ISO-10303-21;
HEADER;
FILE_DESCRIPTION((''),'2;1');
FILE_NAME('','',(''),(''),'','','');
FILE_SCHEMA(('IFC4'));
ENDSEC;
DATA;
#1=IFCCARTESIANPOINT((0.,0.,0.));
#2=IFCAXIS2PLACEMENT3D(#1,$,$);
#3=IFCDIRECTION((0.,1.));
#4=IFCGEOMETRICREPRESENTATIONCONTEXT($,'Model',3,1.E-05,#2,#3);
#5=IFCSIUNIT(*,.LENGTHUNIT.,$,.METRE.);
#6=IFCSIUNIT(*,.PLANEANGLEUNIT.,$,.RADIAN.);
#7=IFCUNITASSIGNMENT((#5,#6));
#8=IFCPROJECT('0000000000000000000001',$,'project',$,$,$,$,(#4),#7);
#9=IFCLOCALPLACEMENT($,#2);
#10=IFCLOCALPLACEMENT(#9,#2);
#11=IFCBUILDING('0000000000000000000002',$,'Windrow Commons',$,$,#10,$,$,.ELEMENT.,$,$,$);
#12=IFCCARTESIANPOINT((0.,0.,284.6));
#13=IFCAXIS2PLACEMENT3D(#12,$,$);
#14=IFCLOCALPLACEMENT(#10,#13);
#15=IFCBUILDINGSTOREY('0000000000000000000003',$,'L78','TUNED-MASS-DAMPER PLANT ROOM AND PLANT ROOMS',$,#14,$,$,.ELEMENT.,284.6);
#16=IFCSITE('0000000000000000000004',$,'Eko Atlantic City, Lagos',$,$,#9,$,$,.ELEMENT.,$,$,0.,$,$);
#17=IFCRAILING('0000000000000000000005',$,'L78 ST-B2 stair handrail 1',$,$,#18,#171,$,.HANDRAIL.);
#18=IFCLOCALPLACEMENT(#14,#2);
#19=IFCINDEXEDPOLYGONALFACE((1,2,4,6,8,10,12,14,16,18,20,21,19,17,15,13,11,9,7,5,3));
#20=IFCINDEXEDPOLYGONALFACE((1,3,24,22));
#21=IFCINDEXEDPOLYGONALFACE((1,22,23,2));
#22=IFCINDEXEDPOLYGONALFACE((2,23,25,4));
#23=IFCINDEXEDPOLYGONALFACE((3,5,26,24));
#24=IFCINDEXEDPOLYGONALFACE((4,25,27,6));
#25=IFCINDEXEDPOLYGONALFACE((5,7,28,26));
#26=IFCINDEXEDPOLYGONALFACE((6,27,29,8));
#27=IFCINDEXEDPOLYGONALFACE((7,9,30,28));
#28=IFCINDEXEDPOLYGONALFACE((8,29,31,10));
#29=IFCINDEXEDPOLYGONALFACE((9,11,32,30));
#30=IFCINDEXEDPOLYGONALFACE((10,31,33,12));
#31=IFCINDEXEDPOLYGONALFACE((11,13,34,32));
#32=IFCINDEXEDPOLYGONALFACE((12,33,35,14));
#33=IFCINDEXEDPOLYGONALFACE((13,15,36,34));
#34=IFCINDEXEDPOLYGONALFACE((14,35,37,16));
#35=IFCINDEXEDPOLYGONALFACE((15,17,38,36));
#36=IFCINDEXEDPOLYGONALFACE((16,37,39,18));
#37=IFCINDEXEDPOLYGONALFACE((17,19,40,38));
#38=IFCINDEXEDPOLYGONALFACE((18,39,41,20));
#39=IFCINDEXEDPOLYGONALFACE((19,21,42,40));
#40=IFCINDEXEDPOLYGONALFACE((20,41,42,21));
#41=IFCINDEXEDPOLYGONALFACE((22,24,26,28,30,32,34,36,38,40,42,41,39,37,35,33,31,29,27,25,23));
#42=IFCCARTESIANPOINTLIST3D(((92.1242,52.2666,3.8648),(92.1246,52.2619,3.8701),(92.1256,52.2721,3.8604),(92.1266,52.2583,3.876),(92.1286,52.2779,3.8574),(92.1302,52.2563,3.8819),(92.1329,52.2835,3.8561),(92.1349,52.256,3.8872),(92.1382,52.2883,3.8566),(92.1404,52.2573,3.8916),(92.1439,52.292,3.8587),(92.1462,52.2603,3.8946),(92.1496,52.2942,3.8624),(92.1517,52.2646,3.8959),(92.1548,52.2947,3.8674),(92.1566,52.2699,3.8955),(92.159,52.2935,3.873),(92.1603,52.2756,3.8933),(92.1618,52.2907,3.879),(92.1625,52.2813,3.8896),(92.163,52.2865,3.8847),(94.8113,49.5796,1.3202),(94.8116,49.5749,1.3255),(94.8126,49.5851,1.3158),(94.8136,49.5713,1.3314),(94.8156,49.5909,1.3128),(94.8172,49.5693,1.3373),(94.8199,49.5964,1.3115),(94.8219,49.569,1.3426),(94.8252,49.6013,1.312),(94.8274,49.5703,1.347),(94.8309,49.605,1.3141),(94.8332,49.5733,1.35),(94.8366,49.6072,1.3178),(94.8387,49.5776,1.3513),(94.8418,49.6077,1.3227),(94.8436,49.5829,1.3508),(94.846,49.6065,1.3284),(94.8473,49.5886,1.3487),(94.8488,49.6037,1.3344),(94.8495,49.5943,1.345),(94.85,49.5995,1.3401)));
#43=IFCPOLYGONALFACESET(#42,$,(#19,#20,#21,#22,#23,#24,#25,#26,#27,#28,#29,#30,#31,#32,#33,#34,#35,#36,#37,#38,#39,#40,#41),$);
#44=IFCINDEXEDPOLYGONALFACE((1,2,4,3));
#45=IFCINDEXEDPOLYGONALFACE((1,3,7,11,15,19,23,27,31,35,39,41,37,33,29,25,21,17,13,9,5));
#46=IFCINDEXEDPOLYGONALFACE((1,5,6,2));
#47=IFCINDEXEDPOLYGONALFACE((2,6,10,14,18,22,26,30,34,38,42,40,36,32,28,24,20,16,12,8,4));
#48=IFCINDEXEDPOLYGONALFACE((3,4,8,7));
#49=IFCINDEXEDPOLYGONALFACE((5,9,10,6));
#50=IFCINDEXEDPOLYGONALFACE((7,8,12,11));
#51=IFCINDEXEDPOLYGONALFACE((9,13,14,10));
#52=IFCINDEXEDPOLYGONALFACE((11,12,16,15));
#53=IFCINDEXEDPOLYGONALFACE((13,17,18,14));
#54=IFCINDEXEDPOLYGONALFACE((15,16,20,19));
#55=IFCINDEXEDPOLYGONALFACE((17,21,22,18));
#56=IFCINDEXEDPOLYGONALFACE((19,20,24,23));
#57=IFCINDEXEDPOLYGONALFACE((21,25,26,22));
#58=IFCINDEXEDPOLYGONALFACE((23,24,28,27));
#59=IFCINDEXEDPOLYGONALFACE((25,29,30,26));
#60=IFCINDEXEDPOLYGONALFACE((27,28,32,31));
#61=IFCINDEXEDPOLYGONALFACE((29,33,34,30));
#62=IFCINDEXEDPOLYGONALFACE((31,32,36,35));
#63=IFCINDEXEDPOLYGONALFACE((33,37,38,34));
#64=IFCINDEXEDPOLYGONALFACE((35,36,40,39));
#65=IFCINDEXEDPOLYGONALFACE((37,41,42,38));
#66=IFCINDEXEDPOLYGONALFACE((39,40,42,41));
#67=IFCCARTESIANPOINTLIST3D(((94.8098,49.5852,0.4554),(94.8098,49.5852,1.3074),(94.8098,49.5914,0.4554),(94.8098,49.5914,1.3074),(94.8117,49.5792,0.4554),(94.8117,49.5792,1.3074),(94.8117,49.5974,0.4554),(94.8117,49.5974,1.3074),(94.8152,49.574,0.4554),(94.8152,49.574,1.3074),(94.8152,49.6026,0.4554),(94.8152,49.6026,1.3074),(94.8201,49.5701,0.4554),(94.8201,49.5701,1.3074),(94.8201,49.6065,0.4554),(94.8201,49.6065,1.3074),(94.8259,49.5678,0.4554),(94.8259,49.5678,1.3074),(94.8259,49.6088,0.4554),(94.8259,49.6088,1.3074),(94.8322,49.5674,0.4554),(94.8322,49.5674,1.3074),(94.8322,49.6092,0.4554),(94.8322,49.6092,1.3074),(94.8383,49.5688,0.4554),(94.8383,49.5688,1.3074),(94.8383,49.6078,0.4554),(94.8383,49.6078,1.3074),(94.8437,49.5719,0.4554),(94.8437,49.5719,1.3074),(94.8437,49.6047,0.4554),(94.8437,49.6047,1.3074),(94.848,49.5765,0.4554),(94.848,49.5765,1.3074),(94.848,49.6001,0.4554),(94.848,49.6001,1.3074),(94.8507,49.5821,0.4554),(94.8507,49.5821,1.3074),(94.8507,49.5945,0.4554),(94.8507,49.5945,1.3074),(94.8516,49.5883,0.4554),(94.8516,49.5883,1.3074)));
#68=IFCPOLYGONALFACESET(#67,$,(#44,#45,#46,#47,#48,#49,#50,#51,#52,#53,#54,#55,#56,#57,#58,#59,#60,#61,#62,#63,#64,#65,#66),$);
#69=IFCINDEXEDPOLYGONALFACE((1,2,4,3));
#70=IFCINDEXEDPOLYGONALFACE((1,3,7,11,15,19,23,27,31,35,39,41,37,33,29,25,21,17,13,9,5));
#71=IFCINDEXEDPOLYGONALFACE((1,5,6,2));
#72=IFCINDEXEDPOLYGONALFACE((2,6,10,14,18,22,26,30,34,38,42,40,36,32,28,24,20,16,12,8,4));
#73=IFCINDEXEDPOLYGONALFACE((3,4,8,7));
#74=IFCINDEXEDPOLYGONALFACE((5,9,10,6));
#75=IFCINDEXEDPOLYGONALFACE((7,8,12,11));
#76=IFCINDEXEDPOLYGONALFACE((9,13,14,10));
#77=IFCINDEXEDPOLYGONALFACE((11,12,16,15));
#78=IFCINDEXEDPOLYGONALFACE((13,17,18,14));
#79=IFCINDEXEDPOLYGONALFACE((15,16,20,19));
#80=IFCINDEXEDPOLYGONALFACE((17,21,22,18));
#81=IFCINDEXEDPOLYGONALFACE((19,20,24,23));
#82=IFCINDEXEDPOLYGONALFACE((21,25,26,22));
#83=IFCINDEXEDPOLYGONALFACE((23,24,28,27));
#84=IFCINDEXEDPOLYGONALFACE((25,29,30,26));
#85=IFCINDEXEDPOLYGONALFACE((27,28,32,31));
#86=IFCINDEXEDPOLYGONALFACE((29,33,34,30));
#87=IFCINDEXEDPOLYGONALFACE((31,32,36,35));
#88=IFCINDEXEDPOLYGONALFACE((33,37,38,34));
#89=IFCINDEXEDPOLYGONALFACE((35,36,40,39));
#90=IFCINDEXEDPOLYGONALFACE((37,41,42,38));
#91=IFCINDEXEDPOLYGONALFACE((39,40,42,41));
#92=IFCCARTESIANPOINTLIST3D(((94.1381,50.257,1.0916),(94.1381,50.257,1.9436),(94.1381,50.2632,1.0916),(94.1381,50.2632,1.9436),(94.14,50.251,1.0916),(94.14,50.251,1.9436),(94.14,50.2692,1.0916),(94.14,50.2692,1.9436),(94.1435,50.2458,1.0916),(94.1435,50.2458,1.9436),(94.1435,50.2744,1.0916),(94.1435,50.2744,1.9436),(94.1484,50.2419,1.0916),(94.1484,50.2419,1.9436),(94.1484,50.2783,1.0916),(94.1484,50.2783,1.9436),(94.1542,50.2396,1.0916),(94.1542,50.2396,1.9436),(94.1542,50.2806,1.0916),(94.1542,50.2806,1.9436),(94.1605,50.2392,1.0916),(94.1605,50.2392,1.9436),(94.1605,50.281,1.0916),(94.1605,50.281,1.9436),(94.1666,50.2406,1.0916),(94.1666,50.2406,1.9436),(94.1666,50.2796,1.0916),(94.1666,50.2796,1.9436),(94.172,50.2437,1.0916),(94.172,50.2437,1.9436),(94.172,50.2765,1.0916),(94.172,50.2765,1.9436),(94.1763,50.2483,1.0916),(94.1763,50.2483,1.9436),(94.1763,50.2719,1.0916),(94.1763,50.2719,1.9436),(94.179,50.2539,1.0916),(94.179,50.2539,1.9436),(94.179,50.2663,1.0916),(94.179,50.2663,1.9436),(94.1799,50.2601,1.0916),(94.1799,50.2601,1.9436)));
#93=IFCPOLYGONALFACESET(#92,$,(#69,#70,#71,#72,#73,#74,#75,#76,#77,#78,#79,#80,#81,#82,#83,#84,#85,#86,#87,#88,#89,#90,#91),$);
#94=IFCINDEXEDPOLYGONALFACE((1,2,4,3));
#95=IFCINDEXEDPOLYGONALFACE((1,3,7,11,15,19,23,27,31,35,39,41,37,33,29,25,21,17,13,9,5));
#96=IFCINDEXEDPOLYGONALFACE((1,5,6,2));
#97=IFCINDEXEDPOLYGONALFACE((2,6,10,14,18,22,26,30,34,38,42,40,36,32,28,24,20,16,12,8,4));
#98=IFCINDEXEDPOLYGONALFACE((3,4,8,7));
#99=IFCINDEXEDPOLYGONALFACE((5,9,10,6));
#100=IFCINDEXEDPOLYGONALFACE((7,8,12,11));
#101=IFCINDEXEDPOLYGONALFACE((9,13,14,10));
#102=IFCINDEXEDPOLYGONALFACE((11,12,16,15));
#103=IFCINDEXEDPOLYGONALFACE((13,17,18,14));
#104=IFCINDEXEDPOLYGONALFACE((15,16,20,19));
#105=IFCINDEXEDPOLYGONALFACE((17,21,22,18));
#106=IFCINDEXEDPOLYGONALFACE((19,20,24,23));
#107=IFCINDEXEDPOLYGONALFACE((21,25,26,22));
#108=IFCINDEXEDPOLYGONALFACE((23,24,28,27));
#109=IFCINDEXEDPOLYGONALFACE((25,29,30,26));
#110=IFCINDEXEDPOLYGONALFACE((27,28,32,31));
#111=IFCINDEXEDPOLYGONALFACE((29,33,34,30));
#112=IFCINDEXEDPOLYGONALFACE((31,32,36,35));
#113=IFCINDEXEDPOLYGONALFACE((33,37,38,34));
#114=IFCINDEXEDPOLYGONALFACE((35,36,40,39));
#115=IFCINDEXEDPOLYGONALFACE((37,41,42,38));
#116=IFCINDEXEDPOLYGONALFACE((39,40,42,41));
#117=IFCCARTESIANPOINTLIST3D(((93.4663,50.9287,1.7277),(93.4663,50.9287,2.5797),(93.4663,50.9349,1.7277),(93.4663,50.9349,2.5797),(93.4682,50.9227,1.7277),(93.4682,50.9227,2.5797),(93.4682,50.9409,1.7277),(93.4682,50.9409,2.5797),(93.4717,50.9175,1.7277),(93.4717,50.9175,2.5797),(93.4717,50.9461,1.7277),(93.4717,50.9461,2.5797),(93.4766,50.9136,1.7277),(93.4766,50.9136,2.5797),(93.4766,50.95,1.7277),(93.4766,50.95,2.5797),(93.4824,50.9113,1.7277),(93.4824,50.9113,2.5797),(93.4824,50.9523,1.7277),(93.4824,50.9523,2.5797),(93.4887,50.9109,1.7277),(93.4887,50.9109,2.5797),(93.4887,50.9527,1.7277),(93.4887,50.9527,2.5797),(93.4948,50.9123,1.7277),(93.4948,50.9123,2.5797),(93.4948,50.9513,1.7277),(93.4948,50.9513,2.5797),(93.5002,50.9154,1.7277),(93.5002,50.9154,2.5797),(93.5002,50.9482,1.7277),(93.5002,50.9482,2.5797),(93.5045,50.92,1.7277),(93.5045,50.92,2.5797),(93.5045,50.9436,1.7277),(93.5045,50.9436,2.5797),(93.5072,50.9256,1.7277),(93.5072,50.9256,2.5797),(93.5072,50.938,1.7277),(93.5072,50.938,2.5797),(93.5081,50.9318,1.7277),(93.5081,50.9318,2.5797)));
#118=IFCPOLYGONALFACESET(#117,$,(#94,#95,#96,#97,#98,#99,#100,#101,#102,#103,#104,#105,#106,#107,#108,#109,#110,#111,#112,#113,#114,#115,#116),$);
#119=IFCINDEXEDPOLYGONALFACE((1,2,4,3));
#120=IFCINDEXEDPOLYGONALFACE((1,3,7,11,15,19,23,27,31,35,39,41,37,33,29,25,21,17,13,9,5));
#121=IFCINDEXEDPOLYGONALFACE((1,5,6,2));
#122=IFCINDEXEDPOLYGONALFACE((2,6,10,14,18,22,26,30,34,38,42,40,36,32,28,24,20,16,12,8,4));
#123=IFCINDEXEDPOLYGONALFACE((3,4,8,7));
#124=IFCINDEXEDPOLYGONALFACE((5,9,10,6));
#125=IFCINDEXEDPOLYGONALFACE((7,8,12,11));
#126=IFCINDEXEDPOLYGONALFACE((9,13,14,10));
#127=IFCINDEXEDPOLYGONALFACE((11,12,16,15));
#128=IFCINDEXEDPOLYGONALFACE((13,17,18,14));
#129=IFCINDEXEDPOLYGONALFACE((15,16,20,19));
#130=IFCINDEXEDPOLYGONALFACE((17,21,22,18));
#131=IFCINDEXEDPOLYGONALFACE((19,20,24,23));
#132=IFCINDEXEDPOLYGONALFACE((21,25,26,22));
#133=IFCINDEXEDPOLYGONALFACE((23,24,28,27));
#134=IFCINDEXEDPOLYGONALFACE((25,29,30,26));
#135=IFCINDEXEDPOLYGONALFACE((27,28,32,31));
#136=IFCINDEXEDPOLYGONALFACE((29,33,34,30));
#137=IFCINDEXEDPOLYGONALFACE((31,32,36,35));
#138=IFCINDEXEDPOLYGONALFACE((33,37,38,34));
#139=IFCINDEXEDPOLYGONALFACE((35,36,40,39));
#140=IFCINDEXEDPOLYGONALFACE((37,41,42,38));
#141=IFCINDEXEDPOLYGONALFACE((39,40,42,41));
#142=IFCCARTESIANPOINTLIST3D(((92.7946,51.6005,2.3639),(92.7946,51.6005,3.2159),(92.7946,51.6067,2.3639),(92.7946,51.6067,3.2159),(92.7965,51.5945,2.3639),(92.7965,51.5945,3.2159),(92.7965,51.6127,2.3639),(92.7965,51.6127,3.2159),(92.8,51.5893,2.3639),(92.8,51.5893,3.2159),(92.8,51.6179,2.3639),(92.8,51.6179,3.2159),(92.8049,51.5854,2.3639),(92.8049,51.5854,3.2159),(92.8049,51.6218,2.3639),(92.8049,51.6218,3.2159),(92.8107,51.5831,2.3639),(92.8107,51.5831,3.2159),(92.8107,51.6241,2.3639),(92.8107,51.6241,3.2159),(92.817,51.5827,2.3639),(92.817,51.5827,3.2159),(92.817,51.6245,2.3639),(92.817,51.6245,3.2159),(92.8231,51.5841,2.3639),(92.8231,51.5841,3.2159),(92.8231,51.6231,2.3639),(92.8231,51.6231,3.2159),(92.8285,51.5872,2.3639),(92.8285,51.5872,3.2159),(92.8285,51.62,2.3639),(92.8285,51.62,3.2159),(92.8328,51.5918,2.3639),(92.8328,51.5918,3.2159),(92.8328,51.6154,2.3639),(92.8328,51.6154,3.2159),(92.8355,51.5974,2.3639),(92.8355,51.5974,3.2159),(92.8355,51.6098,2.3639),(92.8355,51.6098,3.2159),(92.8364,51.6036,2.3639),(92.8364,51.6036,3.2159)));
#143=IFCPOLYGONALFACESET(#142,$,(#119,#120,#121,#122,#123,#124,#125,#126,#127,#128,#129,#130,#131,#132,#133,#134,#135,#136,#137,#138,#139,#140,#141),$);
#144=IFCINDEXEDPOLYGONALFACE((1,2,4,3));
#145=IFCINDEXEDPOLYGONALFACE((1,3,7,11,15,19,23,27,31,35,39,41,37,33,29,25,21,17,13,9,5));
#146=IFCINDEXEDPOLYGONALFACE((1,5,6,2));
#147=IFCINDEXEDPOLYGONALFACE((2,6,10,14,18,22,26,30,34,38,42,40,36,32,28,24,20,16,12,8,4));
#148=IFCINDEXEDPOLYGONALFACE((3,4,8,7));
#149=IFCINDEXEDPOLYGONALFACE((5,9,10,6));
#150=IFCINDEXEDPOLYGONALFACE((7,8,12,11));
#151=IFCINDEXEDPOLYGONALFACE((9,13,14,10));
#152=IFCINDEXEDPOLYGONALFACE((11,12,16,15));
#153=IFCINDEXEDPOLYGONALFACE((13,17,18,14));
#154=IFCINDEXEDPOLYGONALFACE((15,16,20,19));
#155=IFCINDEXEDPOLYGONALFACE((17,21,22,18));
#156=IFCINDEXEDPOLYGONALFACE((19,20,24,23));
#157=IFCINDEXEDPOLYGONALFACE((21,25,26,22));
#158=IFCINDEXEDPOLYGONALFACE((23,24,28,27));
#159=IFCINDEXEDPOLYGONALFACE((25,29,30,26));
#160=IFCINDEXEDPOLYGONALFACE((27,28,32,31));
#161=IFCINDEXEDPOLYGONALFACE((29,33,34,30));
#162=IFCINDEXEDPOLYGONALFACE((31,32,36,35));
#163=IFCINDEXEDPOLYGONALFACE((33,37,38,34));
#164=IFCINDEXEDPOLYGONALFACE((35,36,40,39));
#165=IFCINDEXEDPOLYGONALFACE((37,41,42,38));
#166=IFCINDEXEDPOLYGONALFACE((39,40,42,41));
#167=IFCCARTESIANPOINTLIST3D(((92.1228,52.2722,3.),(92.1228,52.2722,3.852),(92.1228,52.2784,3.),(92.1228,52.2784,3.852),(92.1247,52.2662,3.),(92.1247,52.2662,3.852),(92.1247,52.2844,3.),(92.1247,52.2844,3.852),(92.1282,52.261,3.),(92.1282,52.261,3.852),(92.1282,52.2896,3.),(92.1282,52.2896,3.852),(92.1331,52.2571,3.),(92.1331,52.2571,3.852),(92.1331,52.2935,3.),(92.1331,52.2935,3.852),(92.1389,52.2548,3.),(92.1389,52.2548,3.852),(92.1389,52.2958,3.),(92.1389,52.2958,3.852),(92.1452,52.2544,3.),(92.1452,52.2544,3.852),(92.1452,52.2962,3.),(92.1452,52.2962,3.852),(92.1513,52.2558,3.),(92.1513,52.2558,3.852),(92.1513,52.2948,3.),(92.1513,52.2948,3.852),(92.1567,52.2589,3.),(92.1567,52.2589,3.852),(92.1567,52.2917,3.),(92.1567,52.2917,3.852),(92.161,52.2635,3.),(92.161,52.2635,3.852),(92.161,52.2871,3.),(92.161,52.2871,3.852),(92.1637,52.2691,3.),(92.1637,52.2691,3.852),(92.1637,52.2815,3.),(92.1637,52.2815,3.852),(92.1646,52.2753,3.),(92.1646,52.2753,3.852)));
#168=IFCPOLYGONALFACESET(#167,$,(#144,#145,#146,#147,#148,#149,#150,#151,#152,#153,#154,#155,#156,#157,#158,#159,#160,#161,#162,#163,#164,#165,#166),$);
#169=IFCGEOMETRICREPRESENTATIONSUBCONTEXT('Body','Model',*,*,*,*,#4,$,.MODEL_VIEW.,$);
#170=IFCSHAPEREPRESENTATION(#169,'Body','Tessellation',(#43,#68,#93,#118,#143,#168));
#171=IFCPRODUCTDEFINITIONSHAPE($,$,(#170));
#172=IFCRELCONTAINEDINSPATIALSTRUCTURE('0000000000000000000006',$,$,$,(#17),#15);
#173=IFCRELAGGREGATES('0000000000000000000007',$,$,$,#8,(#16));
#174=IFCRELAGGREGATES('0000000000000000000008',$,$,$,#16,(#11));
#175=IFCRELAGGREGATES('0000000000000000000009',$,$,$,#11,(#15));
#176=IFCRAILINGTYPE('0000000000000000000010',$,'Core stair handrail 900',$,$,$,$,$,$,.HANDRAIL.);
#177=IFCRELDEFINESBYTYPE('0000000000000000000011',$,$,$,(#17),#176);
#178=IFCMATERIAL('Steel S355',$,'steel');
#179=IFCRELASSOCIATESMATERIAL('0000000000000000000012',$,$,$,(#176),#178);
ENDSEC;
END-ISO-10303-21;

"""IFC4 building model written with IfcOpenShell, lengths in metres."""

from ifc_helpers import new_model, si_unit, direction, frame, origin, origin_2d, place, context, subcontext, project, spatial, circle, extrude, material, type_object, element, save


model = new_model("IFC4")

# Units and contexts
model_context = context("Model", 3, precision=1e-05, world=origin(), true_north=direction((0.0, 1.0)))
body_context = subcontext(model_context, "Body", "Model", "MODEL_VIEW")
ifc_project = project(units=[si_unit("LENGTHUNIT", "METRE"), si_unit("PLANEANGLEUNIT", "RADIAN")], contexts=[model_context])

# Site, building, storey
site_placement = place(None, origin())
site = spatial("IfcSite", under=ifc_project, at=site_placement, Name="Eko Atlantic City, Lagos", CompositionType="ELEMENT", RefElevation=0.0)
building_placement = place(site_placement, origin())
building = spatial("IfcBuilding", under=site, at=building_placement, Name="Windrow Commons", CompositionType="ELEMENT")
storey_placement = place(building_placement, frame((0.0, 0.0, 284.6)))
storey = spatial("IfcBuildingStorey", under=building, at=storey_placement, Name="L78", Description="TUNED-MASS-DAMPER PLANT ROOM AND PLANT ROOMS", CompositionType="ELEMENT", Elevation=284.6)

# Railing
ifc_material_1 = material(Name="Steel S355", Category="steel")
railing_type_1 = type_object("IfcRailingType", Name="Core stair handrail 900", PredefinedType="HANDRAIL", material=ifc_material_1)
railing_1_placement = place(storey_placement, frame((94.8306, 49.5883, 0.4554)))
element("IfcRailing", 1, at=railing_1_placement, inside=storey, type_object=railing_type_1, Name="L78 ST-B2 stair handrail 1", PredefinedType="HANDRAIL", context=body_context, shape_type="SweptSolid", body=[
    extrude(circle(Radius=0.024, at=origin_2d()), frame((0.0, 0.0, 0.876), z_axis=(-0.587543, 0.587543, 0.556405), x_axis=(-0.707107, -0.707107, 0.0)), (0.0, 0.0, 1.0), 4.5733),
    extrude(circle(Radius=0.021, at=origin_2d()), origin(), (0.0, 0.0, 1.0), 0.852),
    extrude(circle(Radius=0.021, at=origin_2d()), frame((-0.6717, 0.6718, 0.6362)), (0.0, 0.0, 1.0), 0.852),
    extrude(circle(Radius=0.021, at=origin_2d()), frame((-1.3435, 1.3435, 1.2723)), (0.0, 0.0, 1.0), 0.852),
    extrude(circle(Radius=0.021, at=origin_2d()), frame((-2.0152, 2.0153, 1.9085)), (0.0, 0.0, 1.0), 0.852),
    extrude(circle(Radius=0.021, at=origin_2d()), frame((-2.687, 2.687, 2.5446)), (0.0, 0.0, 1.0), 0.852),
])

save(model, "model.ifc")
